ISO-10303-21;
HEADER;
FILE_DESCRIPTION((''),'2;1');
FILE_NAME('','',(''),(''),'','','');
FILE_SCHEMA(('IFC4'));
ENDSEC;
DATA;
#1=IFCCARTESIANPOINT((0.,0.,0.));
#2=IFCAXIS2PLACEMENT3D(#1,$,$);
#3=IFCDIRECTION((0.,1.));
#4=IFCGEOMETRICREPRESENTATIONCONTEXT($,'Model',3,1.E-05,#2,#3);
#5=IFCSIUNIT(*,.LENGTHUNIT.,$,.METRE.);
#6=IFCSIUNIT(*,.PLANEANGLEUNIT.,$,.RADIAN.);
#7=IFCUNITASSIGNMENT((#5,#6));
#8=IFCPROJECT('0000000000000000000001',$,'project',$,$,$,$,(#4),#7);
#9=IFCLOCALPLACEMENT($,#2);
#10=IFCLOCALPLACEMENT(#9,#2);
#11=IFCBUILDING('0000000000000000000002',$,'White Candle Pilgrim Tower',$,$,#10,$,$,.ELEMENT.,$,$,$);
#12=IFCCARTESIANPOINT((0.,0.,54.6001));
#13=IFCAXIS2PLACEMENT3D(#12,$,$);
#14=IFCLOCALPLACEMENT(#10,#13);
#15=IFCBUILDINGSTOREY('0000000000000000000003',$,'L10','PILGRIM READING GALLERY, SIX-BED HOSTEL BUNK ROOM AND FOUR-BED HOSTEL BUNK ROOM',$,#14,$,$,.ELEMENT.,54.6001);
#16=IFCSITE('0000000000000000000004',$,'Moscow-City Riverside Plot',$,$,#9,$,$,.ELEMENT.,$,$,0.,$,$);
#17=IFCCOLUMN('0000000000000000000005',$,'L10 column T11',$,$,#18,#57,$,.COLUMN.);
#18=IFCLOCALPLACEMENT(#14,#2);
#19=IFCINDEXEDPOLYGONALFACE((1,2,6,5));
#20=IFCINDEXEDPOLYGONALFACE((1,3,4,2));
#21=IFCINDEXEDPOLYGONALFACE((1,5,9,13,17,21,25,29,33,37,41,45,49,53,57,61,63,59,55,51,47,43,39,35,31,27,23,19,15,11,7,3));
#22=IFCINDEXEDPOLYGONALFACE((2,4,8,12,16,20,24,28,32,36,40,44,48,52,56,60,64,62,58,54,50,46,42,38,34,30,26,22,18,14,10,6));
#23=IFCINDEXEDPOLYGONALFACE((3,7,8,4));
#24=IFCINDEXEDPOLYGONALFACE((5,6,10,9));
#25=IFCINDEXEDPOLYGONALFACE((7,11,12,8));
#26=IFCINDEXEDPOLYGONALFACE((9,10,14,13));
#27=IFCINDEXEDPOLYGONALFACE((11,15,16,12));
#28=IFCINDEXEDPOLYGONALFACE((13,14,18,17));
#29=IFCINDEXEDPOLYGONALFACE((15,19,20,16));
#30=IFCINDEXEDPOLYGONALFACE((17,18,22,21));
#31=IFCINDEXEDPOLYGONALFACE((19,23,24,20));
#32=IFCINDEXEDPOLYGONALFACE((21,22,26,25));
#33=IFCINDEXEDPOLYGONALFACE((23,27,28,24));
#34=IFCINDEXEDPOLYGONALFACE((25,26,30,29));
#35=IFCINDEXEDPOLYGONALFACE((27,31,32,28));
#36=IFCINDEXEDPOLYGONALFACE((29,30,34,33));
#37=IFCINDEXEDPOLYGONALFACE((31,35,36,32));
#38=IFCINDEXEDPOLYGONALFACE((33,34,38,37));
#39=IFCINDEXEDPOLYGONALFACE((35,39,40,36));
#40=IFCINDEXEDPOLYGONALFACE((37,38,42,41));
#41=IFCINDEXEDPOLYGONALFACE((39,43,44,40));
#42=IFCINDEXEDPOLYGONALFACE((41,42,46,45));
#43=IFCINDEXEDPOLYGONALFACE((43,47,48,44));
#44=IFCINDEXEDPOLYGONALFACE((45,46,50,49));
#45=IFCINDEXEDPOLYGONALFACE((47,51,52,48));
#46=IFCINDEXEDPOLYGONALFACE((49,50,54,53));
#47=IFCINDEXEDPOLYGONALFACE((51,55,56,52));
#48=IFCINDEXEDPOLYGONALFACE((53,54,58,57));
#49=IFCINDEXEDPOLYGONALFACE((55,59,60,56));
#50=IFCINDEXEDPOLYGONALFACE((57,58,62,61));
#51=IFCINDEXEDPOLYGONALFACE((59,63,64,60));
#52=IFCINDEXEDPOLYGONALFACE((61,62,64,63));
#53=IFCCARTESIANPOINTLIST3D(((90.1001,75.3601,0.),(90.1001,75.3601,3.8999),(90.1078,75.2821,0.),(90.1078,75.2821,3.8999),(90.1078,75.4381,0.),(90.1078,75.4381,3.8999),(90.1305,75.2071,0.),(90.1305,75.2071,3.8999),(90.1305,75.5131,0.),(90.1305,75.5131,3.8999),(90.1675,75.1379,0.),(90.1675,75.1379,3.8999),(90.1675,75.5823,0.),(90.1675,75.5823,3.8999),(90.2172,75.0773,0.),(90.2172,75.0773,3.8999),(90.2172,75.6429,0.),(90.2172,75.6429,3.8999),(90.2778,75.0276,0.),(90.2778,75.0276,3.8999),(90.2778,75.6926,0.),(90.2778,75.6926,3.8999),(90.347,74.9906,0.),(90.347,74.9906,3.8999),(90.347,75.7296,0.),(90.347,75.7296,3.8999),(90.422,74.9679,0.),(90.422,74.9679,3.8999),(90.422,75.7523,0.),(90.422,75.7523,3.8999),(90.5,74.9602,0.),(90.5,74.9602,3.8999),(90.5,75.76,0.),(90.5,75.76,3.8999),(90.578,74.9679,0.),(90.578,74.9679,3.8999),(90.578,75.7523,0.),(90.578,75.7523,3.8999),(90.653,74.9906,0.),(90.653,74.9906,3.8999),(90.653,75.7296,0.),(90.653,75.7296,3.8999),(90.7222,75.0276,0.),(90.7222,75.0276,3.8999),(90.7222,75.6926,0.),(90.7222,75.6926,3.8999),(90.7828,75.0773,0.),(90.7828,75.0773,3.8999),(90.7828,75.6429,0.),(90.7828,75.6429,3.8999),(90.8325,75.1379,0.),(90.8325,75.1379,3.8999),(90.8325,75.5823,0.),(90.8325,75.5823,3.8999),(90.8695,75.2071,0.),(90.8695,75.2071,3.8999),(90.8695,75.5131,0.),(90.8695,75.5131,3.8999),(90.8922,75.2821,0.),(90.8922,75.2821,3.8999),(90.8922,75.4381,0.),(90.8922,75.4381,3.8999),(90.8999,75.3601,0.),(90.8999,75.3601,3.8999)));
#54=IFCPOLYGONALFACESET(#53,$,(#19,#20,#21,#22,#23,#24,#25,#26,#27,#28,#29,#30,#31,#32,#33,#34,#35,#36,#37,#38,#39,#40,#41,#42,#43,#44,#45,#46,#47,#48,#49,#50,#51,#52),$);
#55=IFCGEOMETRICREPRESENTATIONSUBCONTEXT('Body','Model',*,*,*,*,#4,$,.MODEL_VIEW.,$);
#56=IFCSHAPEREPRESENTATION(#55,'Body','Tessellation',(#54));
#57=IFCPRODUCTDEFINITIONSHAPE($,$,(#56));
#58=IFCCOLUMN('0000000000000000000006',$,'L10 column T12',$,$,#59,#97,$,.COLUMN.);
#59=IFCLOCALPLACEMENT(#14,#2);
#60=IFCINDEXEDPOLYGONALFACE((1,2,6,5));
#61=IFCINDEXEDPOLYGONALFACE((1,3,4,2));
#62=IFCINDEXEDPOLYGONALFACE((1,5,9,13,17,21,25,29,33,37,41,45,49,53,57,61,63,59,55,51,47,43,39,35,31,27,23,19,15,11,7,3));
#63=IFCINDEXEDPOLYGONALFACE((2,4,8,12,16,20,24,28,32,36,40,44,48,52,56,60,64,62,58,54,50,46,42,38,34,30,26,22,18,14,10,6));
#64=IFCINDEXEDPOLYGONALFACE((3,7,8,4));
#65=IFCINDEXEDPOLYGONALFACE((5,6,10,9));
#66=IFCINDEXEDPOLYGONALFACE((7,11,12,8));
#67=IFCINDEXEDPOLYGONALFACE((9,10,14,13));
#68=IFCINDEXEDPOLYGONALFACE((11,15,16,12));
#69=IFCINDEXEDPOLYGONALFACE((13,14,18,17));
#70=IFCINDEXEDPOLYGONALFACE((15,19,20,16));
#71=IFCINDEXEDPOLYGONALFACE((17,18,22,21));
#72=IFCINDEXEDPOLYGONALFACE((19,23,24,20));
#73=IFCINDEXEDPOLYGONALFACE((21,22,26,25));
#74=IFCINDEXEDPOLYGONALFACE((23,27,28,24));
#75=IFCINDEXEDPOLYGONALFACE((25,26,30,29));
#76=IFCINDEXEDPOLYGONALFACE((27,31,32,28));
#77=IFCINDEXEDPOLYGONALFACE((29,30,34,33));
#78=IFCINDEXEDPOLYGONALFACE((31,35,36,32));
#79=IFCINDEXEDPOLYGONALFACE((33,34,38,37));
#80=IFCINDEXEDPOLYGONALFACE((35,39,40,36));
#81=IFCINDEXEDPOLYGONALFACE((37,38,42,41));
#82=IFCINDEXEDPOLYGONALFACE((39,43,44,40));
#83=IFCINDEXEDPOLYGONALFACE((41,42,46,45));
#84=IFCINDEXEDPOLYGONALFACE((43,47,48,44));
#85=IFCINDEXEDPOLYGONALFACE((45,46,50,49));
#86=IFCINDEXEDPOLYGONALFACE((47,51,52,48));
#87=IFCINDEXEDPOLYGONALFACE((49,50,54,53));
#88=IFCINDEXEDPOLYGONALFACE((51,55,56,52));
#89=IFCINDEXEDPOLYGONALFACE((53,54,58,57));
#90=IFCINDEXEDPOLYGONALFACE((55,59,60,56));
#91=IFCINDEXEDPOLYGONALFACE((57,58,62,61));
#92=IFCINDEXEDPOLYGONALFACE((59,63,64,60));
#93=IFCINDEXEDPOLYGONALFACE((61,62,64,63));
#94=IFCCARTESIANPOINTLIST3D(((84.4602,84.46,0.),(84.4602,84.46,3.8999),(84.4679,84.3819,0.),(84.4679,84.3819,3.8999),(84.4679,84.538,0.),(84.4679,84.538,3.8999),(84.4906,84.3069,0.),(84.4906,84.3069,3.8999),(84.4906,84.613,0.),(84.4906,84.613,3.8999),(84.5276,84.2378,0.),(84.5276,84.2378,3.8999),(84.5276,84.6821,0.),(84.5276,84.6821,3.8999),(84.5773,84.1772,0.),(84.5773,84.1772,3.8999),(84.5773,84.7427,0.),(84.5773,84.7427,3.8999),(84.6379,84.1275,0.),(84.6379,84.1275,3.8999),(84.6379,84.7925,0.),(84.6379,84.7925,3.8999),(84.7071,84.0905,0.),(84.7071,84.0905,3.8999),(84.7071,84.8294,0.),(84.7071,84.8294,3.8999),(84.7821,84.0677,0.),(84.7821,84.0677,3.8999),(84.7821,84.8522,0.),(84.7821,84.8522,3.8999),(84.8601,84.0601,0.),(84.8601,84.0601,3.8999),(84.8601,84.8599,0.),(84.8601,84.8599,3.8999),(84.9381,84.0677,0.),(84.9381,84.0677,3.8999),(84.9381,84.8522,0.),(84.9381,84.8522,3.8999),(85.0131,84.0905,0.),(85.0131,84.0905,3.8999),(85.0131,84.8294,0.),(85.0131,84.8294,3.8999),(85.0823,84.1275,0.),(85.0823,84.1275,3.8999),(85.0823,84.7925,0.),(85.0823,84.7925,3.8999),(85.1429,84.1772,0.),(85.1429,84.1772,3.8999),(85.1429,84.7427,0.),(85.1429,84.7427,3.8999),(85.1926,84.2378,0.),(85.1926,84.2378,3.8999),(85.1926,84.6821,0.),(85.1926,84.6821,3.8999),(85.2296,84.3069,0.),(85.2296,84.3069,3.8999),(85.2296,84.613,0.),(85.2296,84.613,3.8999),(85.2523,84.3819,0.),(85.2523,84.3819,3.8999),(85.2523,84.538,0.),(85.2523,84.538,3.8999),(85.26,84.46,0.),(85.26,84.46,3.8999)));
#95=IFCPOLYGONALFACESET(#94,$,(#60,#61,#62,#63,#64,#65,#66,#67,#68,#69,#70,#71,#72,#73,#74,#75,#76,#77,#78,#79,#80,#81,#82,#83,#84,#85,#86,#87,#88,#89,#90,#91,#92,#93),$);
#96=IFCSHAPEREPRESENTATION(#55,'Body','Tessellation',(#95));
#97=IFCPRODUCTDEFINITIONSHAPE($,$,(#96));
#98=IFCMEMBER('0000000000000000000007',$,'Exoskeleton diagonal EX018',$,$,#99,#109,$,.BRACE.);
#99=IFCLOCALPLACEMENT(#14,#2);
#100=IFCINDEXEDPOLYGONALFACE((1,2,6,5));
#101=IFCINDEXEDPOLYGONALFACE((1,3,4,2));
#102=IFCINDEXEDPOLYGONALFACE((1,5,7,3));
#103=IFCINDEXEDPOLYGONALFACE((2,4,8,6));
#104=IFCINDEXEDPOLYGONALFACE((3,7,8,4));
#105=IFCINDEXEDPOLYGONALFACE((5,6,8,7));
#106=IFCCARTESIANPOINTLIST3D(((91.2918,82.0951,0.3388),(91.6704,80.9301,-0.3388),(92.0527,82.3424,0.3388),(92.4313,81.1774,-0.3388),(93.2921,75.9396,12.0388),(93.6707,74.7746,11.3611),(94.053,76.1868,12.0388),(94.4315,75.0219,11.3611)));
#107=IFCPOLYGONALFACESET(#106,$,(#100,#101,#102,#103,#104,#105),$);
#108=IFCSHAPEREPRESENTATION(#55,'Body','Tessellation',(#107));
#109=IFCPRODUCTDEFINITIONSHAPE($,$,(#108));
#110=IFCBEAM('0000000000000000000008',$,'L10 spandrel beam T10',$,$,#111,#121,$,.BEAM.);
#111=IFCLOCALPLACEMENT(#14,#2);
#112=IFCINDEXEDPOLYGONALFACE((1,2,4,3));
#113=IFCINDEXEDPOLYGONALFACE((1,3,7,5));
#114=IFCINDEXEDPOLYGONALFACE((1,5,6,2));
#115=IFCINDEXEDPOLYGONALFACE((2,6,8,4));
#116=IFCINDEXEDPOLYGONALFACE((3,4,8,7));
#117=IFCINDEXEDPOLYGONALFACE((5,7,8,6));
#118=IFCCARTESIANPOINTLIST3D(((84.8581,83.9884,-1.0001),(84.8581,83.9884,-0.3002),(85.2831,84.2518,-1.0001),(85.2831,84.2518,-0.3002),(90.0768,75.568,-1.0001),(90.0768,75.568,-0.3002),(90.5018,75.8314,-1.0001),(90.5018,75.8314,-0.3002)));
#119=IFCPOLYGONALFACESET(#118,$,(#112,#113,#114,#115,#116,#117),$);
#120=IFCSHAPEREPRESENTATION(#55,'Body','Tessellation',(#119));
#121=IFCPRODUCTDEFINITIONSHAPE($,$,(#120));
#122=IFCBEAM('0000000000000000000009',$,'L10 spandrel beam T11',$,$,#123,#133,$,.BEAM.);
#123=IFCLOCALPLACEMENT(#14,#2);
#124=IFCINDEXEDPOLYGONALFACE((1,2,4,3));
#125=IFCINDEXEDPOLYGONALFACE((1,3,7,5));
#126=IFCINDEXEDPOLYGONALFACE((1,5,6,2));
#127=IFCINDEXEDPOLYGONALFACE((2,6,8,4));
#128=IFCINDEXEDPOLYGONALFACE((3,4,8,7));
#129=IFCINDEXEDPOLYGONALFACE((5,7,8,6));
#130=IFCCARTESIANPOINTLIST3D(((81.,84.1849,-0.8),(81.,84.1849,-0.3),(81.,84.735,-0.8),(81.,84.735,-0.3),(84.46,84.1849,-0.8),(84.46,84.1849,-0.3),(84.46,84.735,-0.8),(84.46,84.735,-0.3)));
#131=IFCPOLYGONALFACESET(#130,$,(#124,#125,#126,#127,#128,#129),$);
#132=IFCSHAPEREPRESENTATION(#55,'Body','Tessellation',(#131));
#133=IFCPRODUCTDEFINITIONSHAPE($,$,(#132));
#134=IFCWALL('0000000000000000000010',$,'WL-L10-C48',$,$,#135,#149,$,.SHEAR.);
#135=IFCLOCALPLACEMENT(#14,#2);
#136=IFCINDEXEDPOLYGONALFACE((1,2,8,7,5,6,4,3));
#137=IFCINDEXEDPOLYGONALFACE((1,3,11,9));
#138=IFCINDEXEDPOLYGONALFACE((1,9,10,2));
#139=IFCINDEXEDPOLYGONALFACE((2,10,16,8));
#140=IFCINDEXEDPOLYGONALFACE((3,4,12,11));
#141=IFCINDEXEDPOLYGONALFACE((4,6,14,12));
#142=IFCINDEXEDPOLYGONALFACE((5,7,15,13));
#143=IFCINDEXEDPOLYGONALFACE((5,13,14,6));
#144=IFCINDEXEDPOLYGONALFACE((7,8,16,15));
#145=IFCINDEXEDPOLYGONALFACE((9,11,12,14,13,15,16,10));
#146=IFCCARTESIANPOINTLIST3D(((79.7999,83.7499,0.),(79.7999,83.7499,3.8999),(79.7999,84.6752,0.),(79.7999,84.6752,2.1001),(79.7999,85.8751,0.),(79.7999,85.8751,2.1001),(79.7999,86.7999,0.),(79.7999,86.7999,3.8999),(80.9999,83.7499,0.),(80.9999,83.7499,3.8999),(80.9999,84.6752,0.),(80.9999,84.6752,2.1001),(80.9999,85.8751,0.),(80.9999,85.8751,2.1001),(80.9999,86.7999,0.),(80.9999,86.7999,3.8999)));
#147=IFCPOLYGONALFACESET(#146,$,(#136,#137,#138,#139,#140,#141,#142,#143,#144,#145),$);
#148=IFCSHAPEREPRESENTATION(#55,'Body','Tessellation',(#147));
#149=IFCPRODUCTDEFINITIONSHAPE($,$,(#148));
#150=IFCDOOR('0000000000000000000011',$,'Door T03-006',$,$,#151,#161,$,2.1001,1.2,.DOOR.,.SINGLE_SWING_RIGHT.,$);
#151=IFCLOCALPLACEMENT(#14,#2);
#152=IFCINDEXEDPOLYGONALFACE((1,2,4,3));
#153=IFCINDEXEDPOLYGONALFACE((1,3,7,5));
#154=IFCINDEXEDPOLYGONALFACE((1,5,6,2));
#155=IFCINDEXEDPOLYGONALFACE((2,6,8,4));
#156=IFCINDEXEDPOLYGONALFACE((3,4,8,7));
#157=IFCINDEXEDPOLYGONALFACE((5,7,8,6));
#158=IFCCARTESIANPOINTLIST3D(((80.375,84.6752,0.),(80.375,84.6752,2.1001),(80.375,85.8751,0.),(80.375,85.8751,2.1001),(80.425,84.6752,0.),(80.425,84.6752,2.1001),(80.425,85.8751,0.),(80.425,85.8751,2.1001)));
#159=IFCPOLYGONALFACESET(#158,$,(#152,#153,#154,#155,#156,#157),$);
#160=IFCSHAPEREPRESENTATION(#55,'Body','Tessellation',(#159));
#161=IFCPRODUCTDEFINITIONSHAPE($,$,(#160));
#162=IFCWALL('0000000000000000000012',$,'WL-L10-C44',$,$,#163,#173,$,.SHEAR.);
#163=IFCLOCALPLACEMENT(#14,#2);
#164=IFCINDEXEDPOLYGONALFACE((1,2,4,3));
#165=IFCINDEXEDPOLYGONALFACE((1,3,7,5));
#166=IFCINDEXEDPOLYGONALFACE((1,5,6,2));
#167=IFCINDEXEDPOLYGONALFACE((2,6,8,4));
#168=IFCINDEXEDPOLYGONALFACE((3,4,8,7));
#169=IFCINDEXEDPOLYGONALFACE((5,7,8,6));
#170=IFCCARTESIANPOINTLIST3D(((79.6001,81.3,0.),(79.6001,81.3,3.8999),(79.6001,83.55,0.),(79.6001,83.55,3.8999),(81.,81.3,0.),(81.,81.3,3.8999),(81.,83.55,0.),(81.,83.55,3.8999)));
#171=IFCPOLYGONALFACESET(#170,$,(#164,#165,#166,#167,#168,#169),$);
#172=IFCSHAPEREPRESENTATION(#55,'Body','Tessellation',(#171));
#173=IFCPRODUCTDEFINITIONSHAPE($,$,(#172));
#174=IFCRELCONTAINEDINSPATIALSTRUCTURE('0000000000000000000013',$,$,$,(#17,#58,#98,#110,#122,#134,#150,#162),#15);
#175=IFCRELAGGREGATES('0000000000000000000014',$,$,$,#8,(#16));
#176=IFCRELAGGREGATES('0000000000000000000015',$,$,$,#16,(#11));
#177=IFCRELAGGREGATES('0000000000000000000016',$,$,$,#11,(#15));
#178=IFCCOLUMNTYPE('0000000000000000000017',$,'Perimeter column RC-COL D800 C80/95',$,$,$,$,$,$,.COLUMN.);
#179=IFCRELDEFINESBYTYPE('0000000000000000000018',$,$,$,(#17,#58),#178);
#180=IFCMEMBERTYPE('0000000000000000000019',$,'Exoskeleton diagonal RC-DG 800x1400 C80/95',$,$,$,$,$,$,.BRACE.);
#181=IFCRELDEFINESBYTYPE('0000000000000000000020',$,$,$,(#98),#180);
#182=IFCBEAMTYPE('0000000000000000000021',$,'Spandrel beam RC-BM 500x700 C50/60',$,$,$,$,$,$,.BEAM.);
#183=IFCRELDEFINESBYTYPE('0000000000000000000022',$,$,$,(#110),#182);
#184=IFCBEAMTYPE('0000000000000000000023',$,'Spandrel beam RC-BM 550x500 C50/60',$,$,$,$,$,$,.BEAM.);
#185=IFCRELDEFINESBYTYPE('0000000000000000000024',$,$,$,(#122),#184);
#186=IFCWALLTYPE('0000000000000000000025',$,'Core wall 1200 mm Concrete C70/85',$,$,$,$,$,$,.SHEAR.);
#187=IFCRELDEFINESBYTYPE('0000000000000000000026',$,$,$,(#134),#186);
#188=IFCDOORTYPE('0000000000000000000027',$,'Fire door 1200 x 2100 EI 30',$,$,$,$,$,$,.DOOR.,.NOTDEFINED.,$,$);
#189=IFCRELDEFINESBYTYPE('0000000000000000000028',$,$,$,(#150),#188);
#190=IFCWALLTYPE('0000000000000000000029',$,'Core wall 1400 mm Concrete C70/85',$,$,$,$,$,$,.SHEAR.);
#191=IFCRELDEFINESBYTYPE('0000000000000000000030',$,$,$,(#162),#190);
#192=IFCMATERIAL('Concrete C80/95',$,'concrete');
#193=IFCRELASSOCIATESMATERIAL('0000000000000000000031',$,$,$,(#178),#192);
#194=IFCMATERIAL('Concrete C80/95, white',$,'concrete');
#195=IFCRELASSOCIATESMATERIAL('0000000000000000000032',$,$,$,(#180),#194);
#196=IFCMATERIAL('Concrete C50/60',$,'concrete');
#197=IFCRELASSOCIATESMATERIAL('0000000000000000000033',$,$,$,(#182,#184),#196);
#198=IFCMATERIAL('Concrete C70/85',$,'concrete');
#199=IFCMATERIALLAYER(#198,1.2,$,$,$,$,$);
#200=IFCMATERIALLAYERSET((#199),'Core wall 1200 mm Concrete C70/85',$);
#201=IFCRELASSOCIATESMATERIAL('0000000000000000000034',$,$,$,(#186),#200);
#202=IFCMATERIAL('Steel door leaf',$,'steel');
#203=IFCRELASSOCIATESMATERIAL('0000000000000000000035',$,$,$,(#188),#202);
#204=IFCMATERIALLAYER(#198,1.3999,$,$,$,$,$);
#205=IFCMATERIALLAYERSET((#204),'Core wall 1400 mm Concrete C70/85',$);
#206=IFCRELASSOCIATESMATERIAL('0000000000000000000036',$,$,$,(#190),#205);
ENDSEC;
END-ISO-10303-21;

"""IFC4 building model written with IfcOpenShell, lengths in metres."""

from ifc_helpers import new_model, si_unit, direction, frame, frame_2d, origin, origin_2d, place, context, subcontext, project, spatial, rectangle, circle, extrude, material, layer, layer_set, material_profile, profile_set, type_object, element, fill, save


model = new_model("IFC4")

# Units and contexts
model_context = context("Model", 3, precision=1e-05, world=origin(), true_north=direction((0.0, 1.0)))
body_context = subcontext(model_context, "Body", "Model", "MODEL_VIEW")
ifc_project = project(units=[si_unit("LENGTHUNIT", "METRE"), si_unit("PLANEANGLEUNIT", "RADIAN")], contexts=[model_context])

# Site, building, storey
site_placement = place(None, origin())
site = spatial("IfcSite", under=ifc_project, at=site_placement, Name="Moscow-City Riverside Plot", CompositionType="ELEMENT", RefElevation=0.0)
building_placement = place(site_placement, origin())
building = spatial("IfcBuilding", under=site, at=building_placement, Name="White Candle Pilgrim Tower", CompositionType="ELEMENT")
storey_placement = place(building_placement, frame((0.0, 0.0, 54.6001)))
storey = spatial("IfcBuildingStorey", under=building, at=storey_placement, Name="L10", Description="PILGRIM READING GALLERY, SIX-BED HOSTEL BUNK ROOM AND FOUR-BED HOSTEL BUNK ROOM", CompositionType="ELEMENT", Elevation=54.6001)

# Columns
ifc_material_1 = material(Name="Concrete C80/95", Category="concrete")
ifc_material_profile_1 = material_profile(ifc_material_1, circle(Radius=0.3999, at=origin_2d()), Name="RC-COL D800")
ifc_profile_set_1 = profile_set([ifc_material_profile_1], Name="Concrete C80/95")
column_type = type_object("IfcColumnType", Name="Perimeter column RC-COL D800 C80/95", PredefinedType="COLUMN", material=ifc_profile_set_1)
for number, where, z_axis, x_axis, name in (
    (1, (90.5, 75.3601, 0.0), (0.0, 0.0, 1.0), (1.0, 0.0, 0.0), "L10 column T11"),
    (2, (84.8601, 84.46, 0.0), (0.0, 0.0, 1.0), (1.0, 0.0, 0.0), "L10 column T12"),
):
    element("IfcColumn", number, at=place(storey_placement, frame(where, z_axis=z_axis, x_axis=x_axis)), inside=storey, type_object=column_type, Name=name, PredefinedType="COLUMN", context=body_context, shape_type="SweptSolid", body=[
        extrude(circle(Radius=0.3999, at=origin_2d()), origin(), (0.0, 0.0, 1.0), 3.8999),
    ])

# Member
ifc_material_2 = material(Name="Concrete C80/95, white", Category="concrete")
ifc_material_profile_2 = material_profile(ifc_material_2, rectangle(XDim=0.8, YDim=1.3999, at=origin_2d()), Name="RC-DG 800x1400")
ifc_profile_set_2 = profile_set([ifc_material_profile_2], Name="Concrete C80/95, white")
member_type = type_object("IfcMemberType", Name="Exoskeleton diagonal RC-DG 800x1400 C80/95", PredefinedType="BRACE", material=ifc_profile_set_2)
member_placement = place(storey_placement, frame((91.8616, 81.6362, 0.0), z_axis=(0.149597, -0.460368, 0.875033), x_axis=(0.951048, 0.309044, 0.0)))
element("IfcMember", 3, at=member_placement, inside=storey, type_object=member_type, Name="Exoskeleton diagonal EX018", PredefinedType="BRACE", context=body_context, shape_type="SweptSolid", body=[
    extrude(rectangle(XDim=0.8, YDim=1.3999, at=origin_2d()), origin(), (0.0, 0.0, 1.0), 13.3708),
])

# Beams
ifc_material_3 = material(Name="Concrete C50/60", Category="concrete")
ifc_material_profile_3 = material_profile(ifc_material_3, rectangle(XDim=0.5, YDim=0.7, at=origin_2d()), Name="RC-BM 500x700")
ifc_profile_set_3 = profile_set([ifc_material_profile_3], Name="Concrete C50/60")
beam_type_1 = type_object("IfcBeamType", Name="Spandrel beam RC-BM 500x700 C50/60", PredefinedType="BEAM", material=ifc_profile_set_3)
beam_1_placement = place(storey_placement, frame((90.2893, 75.6997, -0.6501), z_axis=(-0.526801, 0.849989, 0.0), x_axis=(-0.849989, -0.526801, 0.0)))
element("IfcBeam", 4, at=beam_1_placement, inside=storey, type_object=beam_type_1, Name="L10 spandrel beam T10", PredefinedType="BEAM", context=body_context, shape_type="SweptSolid", body=[
    extrude(rectangle(XDim=0.5, YDim=0.7, at=origin_2d()), origin(), (0.0, 0.0, 1.0), 9.9065),
])
ifc_material_profile_4 = material_profile(ifc_material_3, rectangle(XDim=0.55, YDim=0.5, at=origin_2d()), Name="RC-BM 550x500")
ifc_profile_set_4 = profile_set([ifc_material_profile_4], Name="Concrete C50/60")
beam_type_2 = type_object("IfcBeamType", Name="Spandrel beam RC-BM 550x500 C50/60", PredefinedType="BEAM", material=ifc_profile_set_4)
beam_2_placement = place(storey_placement, frame((84.46, 84.46, -0.55), z_axis=(-1.0, 0.0, 0.0), x_axis=(0.0, -1.0, 0.0)))
element("IfcBeam", 5, at=beam_2_placement, inside=storey, type_object=beam_type_2, Name="L10 spandrel beam T11", PredefinedType="BEAM", context=body_context, shape_type="SweptSolid", body=[
    extrude(rectangle(XDim=0.55, YDim=0.5, at=origin_2d()), origin(), (0.0, 0.0, 1.0), 3.46),
])

# Wall, opening, door
ifc_material_4 = material(Name="Concrete C70/85", Category="concrete")
ifc_layer_1 = layer(ifc_material_4, 1.2)
ifc_layer_set_1 = layer_set([ifc_layer_1], Name="Core wall 1200 mm Concrete C70/85")
wall_type_1 = type_object("IfcWallType", Name="Core wall 1200 mm Concrete C70/85", PredefinedType="SHEAR", material=ifc_layer_set_1)
wall_1_placement = place(storey_placement, frame((80.3999, 83.75, 0.0), z_axis=(0.0, 0.0, 1.0), x_axis=(0.0, 1.0, 0.0)))
wall_1 = element("IfcWall", 6, at=wall_1_placement, inside=storey, type_object=wall_type_1, Name="WL-L10-C48", PredefinedType="SHEAR", context=body_context, shape_type="SweptSolid", body=[
    extrude(rectangle(XDim=3.05, YDim=1.2, at=frame_2d((1.5249, 0.0))), origin(), (0.0, 0.0, 1.0), 3.8999),
])
opening_1_placement = place(wall_1_placement, frame((0.925, 0.0, 0.0)))
opening_1 = element("IfcOpeningElement", 7, at=opening_1_placement, cuts=wall_1, PredefinedType="OPENING", context=body_context, shape_type="SweptSolid", body=[
    extrude(rectangle(XDim=1.2, YDim=2.1001, at=frame_2d((0.6001, 1.05))), frame((0.0, 0.6099, 0.0), z_axis=(0.0, -1.0, 0.0), x_axis=(1.0, 0.0, 0.0)), (0.0, 0.0, 1.0), 1.22),
])
ifc_material_5 = material(Name="Steel door leaf", Category="steel")
door_type_1 = type_object("IfcDoorType", Name="Fire door 1200 x 2100 EI 30", OperationType="NOTDEFINED", PredefinedType="DOOR", material=ifc_material_5)
door_1_placement = place(opening_1_placement, origin())
door_1 = element("IfcDoor", 8, at=door_1_placement, inside=storey, type_object=door_type_1, Name="Door T03-006", OperationType="SINGLE_SWING_RIGHT", OverallHeight=2.1001, OverallWidth=1.2, PredefinedType="DOOR", context=body_context, shape_type="SweptSolid", body=[
    extrude(rectangle(XDim=1.2, YDim=2.1001, at=frame_2d((0.6001, 1.05))), frame((0.0, 0.0249, 0.0), z_axis=(0.0, -1.0, 0.0), x_axis=(1.0, 0.0, 0.0)), (0.0, 0.0, 1.0), 0.05),
])
fill(opening_1, door_1)

# Wall
ifc_layer_2 = layer(ifc_material_4, 1.3999)
ifc_layer_set_2 = layer_set([ifc_layer_2], Name="Core wall 1400 mm Concrete C70/85")
wall_type_2 = type_object("IfcWallType", Name="Core wall 1400 mm Concrete C70/85", PredefinedType="SHEAR", material=ifc_layer_set_2)
wall_2_placement = place(storey_placement, frame((80.3, 81.3, 0.0), z_axis=(0.0, 0.0, 1.0), x_axis=(0.0, 1.0, 0.0)))
element("IfcWall", 9, at=wall_2_placement, inside=storey, type_object=wall_type_2, Name="WL-L10-C44", PredefinedType="SHEAR", context=body_context, shape_type="SweptSolid", body=[
    extrude(rectangle(XDim=2.25, YDim=1.3999, at=frame_2d((1.125, 0.0))), origin(), (0.0, 0.0, 1.0), 3.8999),
])

save(model, "model.ifc")
